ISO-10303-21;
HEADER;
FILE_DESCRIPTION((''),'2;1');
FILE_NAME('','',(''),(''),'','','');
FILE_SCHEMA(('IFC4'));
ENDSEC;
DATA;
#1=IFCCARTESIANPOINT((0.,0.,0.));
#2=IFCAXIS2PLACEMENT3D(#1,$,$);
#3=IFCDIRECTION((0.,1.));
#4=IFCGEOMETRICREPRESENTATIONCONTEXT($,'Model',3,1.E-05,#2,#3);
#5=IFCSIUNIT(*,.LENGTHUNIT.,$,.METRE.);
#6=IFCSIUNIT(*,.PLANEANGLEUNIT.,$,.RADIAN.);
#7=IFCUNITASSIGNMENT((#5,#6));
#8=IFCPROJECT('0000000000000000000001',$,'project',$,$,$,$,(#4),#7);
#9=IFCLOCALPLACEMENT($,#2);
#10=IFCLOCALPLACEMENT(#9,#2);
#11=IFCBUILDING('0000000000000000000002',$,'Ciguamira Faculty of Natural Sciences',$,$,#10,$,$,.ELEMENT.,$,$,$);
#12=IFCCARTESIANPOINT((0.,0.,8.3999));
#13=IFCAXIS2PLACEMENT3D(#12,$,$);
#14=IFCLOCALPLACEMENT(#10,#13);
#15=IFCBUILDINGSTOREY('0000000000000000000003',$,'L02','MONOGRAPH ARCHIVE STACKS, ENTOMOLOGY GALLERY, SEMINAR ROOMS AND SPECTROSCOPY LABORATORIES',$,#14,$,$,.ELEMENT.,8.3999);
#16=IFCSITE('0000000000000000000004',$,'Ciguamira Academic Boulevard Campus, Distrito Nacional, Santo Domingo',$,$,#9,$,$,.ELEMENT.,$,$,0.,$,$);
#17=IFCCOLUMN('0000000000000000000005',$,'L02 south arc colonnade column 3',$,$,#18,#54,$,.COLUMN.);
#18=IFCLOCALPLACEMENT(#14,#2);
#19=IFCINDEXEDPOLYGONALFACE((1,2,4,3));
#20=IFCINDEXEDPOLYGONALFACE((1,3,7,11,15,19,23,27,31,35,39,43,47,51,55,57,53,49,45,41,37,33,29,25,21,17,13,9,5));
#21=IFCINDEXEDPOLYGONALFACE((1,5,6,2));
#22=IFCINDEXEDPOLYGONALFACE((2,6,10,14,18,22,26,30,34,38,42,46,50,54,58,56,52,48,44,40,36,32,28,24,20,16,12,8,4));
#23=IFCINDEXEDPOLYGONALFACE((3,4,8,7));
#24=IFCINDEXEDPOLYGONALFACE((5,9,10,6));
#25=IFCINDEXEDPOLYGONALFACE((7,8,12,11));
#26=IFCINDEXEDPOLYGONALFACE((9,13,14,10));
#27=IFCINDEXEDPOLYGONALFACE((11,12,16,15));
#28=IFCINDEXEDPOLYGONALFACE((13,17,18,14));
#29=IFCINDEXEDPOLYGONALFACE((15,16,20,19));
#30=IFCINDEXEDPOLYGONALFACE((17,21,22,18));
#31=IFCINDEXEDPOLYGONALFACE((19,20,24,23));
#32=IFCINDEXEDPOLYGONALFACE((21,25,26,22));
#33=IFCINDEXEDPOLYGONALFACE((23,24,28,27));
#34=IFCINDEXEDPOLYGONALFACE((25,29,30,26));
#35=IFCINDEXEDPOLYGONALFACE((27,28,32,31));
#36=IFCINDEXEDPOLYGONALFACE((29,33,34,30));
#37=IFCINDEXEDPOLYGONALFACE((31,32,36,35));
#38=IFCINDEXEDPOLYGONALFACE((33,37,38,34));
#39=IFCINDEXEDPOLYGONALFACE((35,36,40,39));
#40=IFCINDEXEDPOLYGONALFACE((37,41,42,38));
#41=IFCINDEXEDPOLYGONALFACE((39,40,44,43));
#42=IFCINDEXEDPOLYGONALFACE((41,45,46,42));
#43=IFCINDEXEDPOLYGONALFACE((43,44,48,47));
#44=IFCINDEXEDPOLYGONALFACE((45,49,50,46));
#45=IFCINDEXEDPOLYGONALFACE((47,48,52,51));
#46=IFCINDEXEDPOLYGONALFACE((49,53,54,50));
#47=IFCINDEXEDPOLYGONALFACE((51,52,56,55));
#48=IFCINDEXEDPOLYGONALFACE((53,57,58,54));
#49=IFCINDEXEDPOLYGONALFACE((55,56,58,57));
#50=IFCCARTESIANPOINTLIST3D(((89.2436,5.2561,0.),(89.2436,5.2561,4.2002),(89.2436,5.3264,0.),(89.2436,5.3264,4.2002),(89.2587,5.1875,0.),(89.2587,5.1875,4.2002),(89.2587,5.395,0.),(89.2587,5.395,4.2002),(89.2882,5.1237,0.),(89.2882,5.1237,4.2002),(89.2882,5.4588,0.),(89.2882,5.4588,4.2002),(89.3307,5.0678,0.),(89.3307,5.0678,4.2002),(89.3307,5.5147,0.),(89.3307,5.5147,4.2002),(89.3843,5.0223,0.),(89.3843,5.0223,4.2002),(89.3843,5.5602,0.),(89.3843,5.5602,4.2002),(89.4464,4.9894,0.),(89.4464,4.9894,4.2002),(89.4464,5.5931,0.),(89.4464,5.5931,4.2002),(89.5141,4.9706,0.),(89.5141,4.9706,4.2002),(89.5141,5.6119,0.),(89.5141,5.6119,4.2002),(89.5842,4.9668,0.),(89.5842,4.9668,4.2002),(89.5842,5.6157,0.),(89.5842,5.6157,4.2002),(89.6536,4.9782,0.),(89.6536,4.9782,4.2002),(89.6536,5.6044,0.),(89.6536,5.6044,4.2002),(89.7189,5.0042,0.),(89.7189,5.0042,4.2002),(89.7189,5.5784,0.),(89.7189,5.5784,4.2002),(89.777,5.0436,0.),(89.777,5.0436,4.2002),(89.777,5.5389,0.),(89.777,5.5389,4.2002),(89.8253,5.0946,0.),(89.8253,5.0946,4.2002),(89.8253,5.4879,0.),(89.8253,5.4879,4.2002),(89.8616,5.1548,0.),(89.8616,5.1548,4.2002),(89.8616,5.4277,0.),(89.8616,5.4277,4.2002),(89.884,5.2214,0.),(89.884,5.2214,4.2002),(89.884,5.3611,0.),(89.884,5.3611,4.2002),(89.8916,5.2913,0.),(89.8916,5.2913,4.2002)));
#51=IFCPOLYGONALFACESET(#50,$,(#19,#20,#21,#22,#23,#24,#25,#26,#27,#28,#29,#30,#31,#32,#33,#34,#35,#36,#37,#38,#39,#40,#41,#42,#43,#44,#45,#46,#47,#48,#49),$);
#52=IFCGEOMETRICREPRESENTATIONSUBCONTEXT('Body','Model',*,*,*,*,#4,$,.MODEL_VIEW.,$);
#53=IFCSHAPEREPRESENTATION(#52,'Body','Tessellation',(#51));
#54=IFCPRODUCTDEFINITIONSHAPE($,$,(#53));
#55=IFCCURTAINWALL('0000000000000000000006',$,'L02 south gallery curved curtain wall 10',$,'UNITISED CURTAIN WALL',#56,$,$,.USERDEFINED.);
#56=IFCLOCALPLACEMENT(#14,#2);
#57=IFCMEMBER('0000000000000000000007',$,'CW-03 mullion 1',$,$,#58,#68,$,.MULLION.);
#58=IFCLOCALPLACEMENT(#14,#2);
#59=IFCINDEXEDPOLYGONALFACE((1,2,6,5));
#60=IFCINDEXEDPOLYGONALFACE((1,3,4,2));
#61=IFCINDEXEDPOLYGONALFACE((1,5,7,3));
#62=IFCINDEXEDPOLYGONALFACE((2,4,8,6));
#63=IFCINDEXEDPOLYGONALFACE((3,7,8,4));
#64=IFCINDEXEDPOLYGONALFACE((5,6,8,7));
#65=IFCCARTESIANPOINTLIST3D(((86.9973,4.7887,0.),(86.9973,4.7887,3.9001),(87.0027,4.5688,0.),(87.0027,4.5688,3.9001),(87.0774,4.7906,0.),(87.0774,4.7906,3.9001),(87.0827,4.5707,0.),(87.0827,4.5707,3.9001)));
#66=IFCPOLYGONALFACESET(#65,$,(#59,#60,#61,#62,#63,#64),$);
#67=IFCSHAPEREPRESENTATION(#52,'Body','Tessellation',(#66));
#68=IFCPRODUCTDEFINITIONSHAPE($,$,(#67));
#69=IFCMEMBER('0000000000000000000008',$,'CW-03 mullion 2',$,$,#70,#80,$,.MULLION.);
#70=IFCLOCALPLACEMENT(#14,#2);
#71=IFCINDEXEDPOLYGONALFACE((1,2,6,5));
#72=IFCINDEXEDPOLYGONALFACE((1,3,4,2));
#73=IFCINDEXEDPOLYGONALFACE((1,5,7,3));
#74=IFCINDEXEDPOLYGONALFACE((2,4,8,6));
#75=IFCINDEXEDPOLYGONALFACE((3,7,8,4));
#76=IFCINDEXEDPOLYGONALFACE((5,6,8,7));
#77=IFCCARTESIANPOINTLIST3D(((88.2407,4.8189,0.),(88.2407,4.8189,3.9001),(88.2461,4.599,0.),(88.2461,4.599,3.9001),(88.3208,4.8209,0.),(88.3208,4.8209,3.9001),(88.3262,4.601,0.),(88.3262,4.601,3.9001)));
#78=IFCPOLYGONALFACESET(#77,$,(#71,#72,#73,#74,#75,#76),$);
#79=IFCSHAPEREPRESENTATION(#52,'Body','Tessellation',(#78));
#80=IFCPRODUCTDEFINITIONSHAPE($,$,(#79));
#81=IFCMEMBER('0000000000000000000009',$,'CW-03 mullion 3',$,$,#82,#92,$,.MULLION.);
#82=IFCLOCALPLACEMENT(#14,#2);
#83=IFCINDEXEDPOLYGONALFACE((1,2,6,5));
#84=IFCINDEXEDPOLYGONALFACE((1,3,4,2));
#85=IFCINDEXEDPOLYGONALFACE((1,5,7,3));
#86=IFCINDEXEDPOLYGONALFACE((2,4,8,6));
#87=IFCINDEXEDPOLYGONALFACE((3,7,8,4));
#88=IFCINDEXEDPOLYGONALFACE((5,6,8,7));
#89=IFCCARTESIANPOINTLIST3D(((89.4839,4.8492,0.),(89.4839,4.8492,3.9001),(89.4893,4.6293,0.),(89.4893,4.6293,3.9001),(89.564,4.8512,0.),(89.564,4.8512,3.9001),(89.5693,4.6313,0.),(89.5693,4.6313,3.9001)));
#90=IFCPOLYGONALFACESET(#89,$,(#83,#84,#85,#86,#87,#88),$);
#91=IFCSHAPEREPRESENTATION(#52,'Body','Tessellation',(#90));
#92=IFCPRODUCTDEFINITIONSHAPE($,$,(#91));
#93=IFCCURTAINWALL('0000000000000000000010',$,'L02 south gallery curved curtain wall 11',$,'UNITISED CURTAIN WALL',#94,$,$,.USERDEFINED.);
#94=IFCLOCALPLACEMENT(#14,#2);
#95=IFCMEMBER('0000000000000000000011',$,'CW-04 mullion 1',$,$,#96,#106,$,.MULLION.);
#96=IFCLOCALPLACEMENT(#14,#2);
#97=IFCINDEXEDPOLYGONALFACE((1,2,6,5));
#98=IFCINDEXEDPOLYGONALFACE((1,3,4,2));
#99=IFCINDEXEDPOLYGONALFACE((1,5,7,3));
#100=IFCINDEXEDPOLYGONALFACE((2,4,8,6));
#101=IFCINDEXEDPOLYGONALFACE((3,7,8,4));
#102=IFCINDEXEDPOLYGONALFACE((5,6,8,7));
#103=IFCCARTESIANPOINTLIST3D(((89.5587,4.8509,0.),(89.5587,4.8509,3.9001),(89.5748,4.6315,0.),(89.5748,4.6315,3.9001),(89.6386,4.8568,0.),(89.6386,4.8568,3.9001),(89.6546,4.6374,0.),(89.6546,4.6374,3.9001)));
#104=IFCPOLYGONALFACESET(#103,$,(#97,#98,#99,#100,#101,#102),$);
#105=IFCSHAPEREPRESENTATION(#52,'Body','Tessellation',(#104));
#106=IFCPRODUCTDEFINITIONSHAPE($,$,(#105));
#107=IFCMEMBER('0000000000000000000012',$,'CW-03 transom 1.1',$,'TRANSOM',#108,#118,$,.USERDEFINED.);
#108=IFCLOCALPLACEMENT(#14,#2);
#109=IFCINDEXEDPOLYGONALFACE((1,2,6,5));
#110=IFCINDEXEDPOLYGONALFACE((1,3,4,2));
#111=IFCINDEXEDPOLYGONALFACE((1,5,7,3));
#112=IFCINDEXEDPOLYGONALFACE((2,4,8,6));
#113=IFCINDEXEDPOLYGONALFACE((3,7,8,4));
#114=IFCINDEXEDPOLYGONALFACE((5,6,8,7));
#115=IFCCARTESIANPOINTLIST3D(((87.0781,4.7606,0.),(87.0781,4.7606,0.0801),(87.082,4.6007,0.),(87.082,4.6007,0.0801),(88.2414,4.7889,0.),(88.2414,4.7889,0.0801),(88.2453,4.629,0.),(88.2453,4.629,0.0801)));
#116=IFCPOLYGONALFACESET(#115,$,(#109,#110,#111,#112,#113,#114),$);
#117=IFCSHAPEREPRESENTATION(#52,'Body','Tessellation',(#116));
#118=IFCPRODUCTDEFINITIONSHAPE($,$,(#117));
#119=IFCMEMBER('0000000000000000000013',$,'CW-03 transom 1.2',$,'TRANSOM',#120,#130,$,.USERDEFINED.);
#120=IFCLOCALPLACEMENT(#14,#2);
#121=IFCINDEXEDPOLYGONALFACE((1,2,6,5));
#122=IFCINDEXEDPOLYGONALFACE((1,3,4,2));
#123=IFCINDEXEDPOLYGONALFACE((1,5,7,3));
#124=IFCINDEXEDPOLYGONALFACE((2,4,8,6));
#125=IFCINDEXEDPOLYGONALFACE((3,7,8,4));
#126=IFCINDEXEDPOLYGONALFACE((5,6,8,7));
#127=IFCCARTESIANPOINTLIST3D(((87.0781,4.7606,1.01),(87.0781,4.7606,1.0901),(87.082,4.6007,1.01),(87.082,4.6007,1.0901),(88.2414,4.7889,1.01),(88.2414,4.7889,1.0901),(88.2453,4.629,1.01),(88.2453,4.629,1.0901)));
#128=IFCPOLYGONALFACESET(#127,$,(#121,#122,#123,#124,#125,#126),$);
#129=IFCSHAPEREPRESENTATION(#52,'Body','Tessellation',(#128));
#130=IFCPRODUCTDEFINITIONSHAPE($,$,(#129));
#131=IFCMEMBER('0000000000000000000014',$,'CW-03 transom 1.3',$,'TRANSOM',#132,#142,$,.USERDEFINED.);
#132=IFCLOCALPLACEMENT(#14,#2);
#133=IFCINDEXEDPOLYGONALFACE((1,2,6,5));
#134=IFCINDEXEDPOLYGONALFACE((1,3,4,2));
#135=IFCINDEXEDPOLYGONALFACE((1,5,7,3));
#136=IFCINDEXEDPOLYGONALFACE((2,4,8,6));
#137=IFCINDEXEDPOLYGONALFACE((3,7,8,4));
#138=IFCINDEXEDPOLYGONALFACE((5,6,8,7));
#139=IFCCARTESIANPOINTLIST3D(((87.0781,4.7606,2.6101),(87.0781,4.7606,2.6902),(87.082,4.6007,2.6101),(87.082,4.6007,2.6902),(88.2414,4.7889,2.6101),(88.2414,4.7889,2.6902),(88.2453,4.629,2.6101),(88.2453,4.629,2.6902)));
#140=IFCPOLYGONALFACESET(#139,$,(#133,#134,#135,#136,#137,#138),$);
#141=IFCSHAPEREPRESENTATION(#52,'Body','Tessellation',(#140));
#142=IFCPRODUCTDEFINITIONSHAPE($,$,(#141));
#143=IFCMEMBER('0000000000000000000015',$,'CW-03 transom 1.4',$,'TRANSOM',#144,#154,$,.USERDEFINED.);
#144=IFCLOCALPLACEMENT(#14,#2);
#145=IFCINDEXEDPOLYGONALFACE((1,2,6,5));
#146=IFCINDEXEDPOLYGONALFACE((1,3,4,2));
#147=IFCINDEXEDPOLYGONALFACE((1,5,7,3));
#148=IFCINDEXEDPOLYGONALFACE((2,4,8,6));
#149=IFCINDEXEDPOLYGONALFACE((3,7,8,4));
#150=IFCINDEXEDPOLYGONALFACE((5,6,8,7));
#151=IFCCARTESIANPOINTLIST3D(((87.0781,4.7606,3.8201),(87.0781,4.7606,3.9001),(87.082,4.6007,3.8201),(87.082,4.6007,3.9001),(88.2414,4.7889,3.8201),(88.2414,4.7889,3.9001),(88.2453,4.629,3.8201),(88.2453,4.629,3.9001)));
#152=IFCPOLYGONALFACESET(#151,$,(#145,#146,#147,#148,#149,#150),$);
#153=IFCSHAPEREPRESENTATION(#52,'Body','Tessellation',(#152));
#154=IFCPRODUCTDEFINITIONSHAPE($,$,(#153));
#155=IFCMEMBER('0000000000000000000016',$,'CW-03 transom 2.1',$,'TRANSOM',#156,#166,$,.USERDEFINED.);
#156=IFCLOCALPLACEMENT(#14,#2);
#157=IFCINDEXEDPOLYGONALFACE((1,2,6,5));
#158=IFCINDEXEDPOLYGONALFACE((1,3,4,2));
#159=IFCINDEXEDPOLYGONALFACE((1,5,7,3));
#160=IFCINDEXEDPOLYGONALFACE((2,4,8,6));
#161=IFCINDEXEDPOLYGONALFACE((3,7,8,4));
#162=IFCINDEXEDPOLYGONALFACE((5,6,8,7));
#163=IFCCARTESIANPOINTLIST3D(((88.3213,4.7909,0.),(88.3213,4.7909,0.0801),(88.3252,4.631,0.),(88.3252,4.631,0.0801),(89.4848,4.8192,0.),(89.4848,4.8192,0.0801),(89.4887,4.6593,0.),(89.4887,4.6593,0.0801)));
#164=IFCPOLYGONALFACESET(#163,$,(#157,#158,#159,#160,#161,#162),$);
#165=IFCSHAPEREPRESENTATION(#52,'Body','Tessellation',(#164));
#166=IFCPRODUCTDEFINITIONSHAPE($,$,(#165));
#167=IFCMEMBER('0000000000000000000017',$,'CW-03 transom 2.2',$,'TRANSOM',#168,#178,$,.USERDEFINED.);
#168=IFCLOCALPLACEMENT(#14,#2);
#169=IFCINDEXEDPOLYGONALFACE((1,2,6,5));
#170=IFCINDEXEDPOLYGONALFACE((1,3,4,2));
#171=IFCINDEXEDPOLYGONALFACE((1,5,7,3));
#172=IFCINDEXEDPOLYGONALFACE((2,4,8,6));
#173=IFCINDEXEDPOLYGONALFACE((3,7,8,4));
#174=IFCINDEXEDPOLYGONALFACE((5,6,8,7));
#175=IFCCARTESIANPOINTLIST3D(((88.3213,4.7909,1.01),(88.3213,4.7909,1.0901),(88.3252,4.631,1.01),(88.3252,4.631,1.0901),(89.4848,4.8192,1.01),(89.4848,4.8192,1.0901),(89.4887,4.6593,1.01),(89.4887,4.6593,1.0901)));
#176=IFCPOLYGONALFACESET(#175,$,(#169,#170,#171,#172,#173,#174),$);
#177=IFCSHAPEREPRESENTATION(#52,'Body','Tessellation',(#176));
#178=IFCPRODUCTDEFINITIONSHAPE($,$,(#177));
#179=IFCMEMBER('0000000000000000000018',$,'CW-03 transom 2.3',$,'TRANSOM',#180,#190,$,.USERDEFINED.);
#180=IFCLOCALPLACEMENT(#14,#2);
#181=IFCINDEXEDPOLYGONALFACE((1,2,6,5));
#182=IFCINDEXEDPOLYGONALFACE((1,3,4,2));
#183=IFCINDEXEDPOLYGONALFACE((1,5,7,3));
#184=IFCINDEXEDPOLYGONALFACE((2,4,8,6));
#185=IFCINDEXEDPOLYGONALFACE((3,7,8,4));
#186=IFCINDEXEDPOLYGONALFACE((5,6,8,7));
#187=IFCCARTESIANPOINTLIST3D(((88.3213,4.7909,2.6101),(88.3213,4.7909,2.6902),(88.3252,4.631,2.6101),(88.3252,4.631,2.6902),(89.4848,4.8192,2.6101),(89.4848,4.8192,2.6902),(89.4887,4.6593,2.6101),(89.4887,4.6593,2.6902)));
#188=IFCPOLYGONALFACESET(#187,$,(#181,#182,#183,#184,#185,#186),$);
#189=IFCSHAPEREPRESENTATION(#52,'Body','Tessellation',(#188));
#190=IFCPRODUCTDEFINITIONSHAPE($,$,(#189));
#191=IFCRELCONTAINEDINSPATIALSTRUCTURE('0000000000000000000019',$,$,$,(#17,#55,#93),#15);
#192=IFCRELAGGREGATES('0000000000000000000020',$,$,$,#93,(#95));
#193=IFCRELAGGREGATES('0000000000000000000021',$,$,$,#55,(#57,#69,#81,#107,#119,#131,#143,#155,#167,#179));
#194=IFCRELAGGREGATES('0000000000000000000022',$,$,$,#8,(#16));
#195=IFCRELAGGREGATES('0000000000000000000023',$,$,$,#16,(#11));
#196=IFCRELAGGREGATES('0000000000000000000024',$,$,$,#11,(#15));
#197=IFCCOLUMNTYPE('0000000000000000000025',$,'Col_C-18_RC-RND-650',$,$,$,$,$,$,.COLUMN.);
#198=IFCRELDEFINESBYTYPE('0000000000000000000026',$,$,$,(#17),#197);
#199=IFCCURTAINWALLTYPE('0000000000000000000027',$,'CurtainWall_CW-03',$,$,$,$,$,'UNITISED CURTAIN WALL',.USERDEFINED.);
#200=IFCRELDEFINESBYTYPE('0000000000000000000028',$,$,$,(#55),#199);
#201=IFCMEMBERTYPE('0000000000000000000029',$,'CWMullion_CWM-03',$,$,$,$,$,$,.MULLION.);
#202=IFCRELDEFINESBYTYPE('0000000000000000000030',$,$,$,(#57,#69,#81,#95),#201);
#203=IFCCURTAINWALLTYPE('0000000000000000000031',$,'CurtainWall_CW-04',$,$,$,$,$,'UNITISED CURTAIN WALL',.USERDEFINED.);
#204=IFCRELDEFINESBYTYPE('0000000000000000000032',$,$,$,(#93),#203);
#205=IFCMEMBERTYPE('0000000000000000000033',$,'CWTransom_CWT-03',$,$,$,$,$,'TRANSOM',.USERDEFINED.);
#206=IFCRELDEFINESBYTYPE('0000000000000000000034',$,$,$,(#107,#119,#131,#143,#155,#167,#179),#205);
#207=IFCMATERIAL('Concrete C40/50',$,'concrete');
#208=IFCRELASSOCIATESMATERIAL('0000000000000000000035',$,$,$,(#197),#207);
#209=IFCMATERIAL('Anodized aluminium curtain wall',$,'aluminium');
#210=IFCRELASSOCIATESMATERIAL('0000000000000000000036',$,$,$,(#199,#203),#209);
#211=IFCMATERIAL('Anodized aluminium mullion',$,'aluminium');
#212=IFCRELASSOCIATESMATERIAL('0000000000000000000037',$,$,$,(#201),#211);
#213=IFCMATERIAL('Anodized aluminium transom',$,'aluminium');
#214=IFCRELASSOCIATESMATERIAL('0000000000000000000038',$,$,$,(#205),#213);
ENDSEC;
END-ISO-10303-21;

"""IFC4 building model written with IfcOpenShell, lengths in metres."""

from ifc_helpers import new_model, si_unit, direction, frame, origin, origin_2d, place, context, subcontext, project, spatial, rectangle, circle, extrude, material, material_profile, profile_set, type_object, element, aggregate, save


model = new_model("IFC4")

# Units and contexts
model_context = context("Model", 3, precision=1e-05, world=origin(), true_north=direction((0.0, 1.0)))
body_context = subcontext(model_context, "Body", "Model", "MODEL_VIEW")
ifc_project = project(units=[si_unit("LENGTHUNIT", "METRE"), si_unit("PLANEANGLEUNIT", "RADIAN")], contexts=[model_context])

# Site, building, storey
site_placement = place(None, origin())
site = spatial("IfcSite", under=ifc_project, at=site_placement, Name="Ciguamira Academic Boulevard Campus, Distrito Nacional, Santo Domingo", CompositionType="ELEMENT", RefElevation=0.0)
building_placement = place(site_placement, origin())
building = spatial("IfcBuilding", under=site, at=building_placement, Name="Ciguamira Faculty of Natural Sciences", CompositionType="ELEMENT")
storey_placement = place(building_placement, frame((0.0, 0.0, 8.3999)))
storey = spatial("IfcBuildingStorey", under=building, at=storey_placement, Name="L02", Description="MONOGRAPH ARCHIVE STACKS, ENTOMOLOGY GALLERY, SEMINAR ROOMS AND SPECTROSCOPY LABORATORIES", CompositionType="ELEMENT", Elevation=8.3999)

# Column
ifc_material_1 = material(Name="Concrete C40/50", Category="concrete")
ifc_material_profile_1 = material_profile(ifc_material_1, circle(Radius=0.325, at=origin_2d()), Name="RC-RND-650")
ifc_profile_set_1 = profile_set([ifc_material_profile_1], Name="Concrete C40/50")
column_type = type_object("IfcColumnType", Name="Col_C-18_RC-RND-650", PredefinedType="COLUMN", material=ifc_profile_set_1)
column_placement = place(storey_placement, frame((89.5667, 5.2913, 0.0), z_axis=(0.0, 0.0, 1.0), x_axis=(1.0, 0.0, 0.0)))
element("IfcColumn", 1, at=column_placement, inside=storey, type_object=column_type, Name="L02 south arc colonnade column 3", PredefinedType="COLUMN", context=body_context, shape_type="SweptSolid", body=[
    extrude(circle(Radius=0.325, at=origin_2d()), origin(), (0.0, 0.0, 1.0), 4.2002),
])

# Curtain wall, members
ifc_material_2 = material(Name="Anodized aluminium curtain wall", Category="aluminium")
curtain_wall_type_1 = type_object("IfcCurtainWallType", Name="CurtainWall_CW-03", ElementType="UNITISED CURTAIN WALL", PredefinedType="USERDEFINED", material=ifc_material_2)
curtain_wall_1_placement = place(storey_placement, origin())
curtain_wall_1 = element("IfcCurtainWall", 2, at=curtain_wall_1_placement, inside=storey, type_object=curtain_wall_type_1, Name="L02 south gallery curved curtain wall 10", ObjectType="UNITISED CURTAIN WALL", PredefinedType="USERDEFINED")
ifc_material_3 = material(Name="Anodized aluminium mullion", Category="aluminium")
ifc_material_profile_2 = material_profile(ifc_material_3, rectangle(XDim=0.0801, YDim=0.22, at=origin_2d()), Name="ALU-MUL-80X220")
ifc_profile_set_2 = profile_set([ifc_material_profile_2], Name="Anodized aluminium mullion")
member_type_1 = type_object("IfcMemberType", Name="CWMullion_CWM-03", PredefinedType="MULLION", material=ifc_profile_set_2)
member_1_placement = place(storey_placement, frame((87.04, 4.6797, 0.0), z_axis=(0.0, 0.0, 1.0), x_axis=(0.999704, 0.024343, 0.0)))
member_1 = element("IfcMember", 3, at=member_1_placement, type_object=member_type_1, Name="CW-03 mullion 1", PredefinedType="MULLION", context=body_context, shape_type="SweptSolid", body=[
    extrude(rectangle(XDim=0.0801, YDim=0.22, at=origin_2d()), origin(), (0.0, 0.0, 1.0), 3.9001),
])
member_2_placement = place(storey_placement, frame((88.2834, 4.71, 0.0), z_axis=(0.0, 0.0, 1.0), x_axis=(0.999704, 0.024343, 0.0)))
member_2 = element("IfcMember", 4, at=member_2_placement, type_object=member_type_1, Name="CW-03 mullion 2", PredefinedType="MULLION", context=body_context, shape_type="SweptSolid", body=[
    extrude(rectangle(XDim=0.0801, YDim=0.22, at=origin_2d()), origin(), (0.0, 0.0, 1.0), 3.9001),
])
member_3_placement = place(storey_placement, frame((89.5266, 4.7402, 0.0), z_axis=(0.0, 0.0, 1.0), x_axis=(0.999704, 0.024343, 0.0)))
member_3 = element("IfcMember", 5, at=member_3_placement, type_object=member_type_1, Name="CW-03 mullion 3", PredefinedType="MULLION", context=body_context, shape_type="SweptSolid", body=[
    extrude(rectangle(XDim=0.0801, YDim=0.22, at=origin_2d()), origin(), (0.0, 0.0, 1.0), 3.9001),
])

# Curtain wall, member
curtain_wall_type_2 = type_object("IfcCurtainWallType", Name="CurtainWall_CW-04", ElementType="UNITISED CURTAIN WALL", PredefinedType="USERDEFINED", material=ifc_material_2)
curtain_wall_2_placement = place(storey_placement, origin())
curtain_wall_2 = element("IfcCurtainWall", 6, at=curtain_wall_2_placement, inside=storey, type_object=curtain_wall_type_2, Name="L02 south gallery curved curtain wall 11", ObjectType="UNITISED CURTAIN WALL", PredefinedType="USERDEFINED")
member_4_placement = place(storey_placement, frame((89.6067, 4.7441, 0.0), z_axis=(0.0, 0.0, 1.0), x_axis=(0.997337, 0.072937, 0.0)))
member_4 = element("IfcMember", 7, at=member_4_placement, type_object=member_type_1, Name="CW-04 mullion 1", PredefinedType="MULLION", context=body_context, shape_type="SweptSolid", body=[
    extrude(rectangle(XDim=0.0801, YDim=0.22, at=origin_2d()), origin(), (0.0, 0.0, 1.0), 3.9001),
])

# Members
ifc_material_4 = material(Name="Anodized aluminium transom", Category="aluminium")
ifc_material_profile_3 = material_profile(ifc_material_4, rectangle(XDim=0.0801, YDim=0.1599, at=origin_2d()), Name="ALU-TRN-80X160")
ifc_profile_set_3 = profile_set([ifc_material_profile_3], Name="Anodized aluminium transom")
member_type_2 = type_object("IfcMemberType", Name="CWTransom_CWT-03", ElementType="TRANSOM", PredefinedType="USERDEFINED", material=ifc_profile_set_3)
member_5_placement = place(storey_placement, frame((87.0801, 4.6807, 0.04), z_axis=(0.999704, 0.024337, 0.0), x_axis=(0.0, 0.0, 1.0)))
member_5 = element("IfcMember", 8, at=member_5_placement, type_object=member_type_2, Name="CW-03 transom 1.1", ObjectType="TRANSOM", PredefinedType="USERDEFINED", context=body_context, shape_type="SweptSolid", body=[
    extrude(rectangle(XDim=0.0801, YDim=0.1599, at=origin_2d()), origin(), (0.0, 0.0, 1.0), 1.1636),
])
member_6_placement = place(storey_placement, frame((87.0801, 4.6807, 1.05), z_axis=(0.999704, 0.024337, 0.0), x_axis=(0.0, 0.0, 1.0)))
member_6 = element("IfcMember", 9, at=member_6_placement, type_object=member_type_2, Name="CW-03 transom 1.2", ObjectType="TRANSOM", PredefinedType="USERDEFINED", context=body_context, shape_type="SweptSolid", body=[
    extrude(rectangle(XDim=0.0801, YDim=0.1599, at=origin_2d()), origin(), (0.0, 0.0, 1.0), 1.1636),
])
member_7_placement = place(storey_placement, frame((87.0801, 4.6807, 2.6501), z_axis=(0.999704, 0.024337, 0.0), x_axis=(0.0, 0.0, 1.0)))
member_7 = element("IfcMember", 10, at=member_7_placement, type_object=member_type_2, Name="CW-03 transom 1.3", ObjectType="TRANSOM", PredefinedType="USERDEFINED", context=body_context, shape_type="SweptSolid", body=[
    extrude(rectangle(XDim=0.0801, YDim=0.1599, at=origin_2d()), origin(), (0.0, 0.0, 1.0), 1.1636),
])
member_8_placement = place(storey_placement, frame((87.0801, 4.6807, 3.8601), z_axis=(0.999704, 0.024337, 0.0), x_axis=(0.0, 0.0, 1.0)))
member_8 = element("IfcMember", 11, at=member_8_placement, type_object=member_type_2, Name="CW-03 transom 1.4", ObjectType="TRANSOM", PredefinedType="USERDEFINED", context=body_context, shape_type="SweptSolid", body=[
    extrude(rectangle(XDim=0.0801, YDim=0.1599, at=origin_2d()), origin(), (0.0, 0.0, 1.0), 1.1636),
])
member_9_placement = place(storey_placement, frame((88.3232, 4.7109, 0.04), z_axis=(0.999704, 0.024332, 0.0), x_axis=(0.0, 0.0, 1.0)))
member_9 = element("IfcMember", 12, at=member_9_placement, type_object=member_type_2, Name="CW-03 transom 2.1", ObjectType="TRANSOM", PredefinedType="USERDEFINED", context=body_context, shape_type="SweptSolid", body=[
    extrude(rectangle(XDim=0.0801, YDim=0.1599, at=origin_2d()), origin(), (0.0, 0.0, 1.0), 1.1638),
])
member_10_placement = place(storey_placement, frame((88.3232, 4.7109, 1.05), z_axis=(0.999704, 0.024332, 0.0), x_axis=(0.0, 0.0, 1.0)))
member_10 = element("IfcMember", 13, at=member_10_placement, type_object=member_type_2, Name="CW-03 transom 2.2", ObjectType="TRANSOM", PredefinedType="USERDEFINED", context=body_context, shape_type="SweptSolid", body=[
    extrude(rectangle(XDim=0.0801, YDim=0.1599, at=origin_2d()), origin(), (0.0, 0.0, 1.0), 1.1638),
])
member_11_placement = place(storey_placement, frame((88.3232, 4.7109, 2.6501), z_axis=(0.999704, 0.024332, 0.0), x_axis=(0.0, 0.0, 1.0)))
member_11 = element("IfcMember", 14, at=member_11_placement, type_object=member_type_2, Name="CW-03 transom 2.3", ObjectType="TRANSOM", PredefinedType="USERDEFINED", context=body_context, shape_type="SweptSolid", body=[
    extrude(rectangle(XDim=0.0801, YDim=0.1599, at=origin_2d()), origin(), (0.0, 0.0, 1.0), 1.1638),
])
aggregate(curtain_wall_2, [member_4])

aggregate(curtain_wall_1, [member_1, member_2, member_3, member_5, member_6, member_7, member_8, member_9, member_10, member_11])

save(model, "model.ifc")
